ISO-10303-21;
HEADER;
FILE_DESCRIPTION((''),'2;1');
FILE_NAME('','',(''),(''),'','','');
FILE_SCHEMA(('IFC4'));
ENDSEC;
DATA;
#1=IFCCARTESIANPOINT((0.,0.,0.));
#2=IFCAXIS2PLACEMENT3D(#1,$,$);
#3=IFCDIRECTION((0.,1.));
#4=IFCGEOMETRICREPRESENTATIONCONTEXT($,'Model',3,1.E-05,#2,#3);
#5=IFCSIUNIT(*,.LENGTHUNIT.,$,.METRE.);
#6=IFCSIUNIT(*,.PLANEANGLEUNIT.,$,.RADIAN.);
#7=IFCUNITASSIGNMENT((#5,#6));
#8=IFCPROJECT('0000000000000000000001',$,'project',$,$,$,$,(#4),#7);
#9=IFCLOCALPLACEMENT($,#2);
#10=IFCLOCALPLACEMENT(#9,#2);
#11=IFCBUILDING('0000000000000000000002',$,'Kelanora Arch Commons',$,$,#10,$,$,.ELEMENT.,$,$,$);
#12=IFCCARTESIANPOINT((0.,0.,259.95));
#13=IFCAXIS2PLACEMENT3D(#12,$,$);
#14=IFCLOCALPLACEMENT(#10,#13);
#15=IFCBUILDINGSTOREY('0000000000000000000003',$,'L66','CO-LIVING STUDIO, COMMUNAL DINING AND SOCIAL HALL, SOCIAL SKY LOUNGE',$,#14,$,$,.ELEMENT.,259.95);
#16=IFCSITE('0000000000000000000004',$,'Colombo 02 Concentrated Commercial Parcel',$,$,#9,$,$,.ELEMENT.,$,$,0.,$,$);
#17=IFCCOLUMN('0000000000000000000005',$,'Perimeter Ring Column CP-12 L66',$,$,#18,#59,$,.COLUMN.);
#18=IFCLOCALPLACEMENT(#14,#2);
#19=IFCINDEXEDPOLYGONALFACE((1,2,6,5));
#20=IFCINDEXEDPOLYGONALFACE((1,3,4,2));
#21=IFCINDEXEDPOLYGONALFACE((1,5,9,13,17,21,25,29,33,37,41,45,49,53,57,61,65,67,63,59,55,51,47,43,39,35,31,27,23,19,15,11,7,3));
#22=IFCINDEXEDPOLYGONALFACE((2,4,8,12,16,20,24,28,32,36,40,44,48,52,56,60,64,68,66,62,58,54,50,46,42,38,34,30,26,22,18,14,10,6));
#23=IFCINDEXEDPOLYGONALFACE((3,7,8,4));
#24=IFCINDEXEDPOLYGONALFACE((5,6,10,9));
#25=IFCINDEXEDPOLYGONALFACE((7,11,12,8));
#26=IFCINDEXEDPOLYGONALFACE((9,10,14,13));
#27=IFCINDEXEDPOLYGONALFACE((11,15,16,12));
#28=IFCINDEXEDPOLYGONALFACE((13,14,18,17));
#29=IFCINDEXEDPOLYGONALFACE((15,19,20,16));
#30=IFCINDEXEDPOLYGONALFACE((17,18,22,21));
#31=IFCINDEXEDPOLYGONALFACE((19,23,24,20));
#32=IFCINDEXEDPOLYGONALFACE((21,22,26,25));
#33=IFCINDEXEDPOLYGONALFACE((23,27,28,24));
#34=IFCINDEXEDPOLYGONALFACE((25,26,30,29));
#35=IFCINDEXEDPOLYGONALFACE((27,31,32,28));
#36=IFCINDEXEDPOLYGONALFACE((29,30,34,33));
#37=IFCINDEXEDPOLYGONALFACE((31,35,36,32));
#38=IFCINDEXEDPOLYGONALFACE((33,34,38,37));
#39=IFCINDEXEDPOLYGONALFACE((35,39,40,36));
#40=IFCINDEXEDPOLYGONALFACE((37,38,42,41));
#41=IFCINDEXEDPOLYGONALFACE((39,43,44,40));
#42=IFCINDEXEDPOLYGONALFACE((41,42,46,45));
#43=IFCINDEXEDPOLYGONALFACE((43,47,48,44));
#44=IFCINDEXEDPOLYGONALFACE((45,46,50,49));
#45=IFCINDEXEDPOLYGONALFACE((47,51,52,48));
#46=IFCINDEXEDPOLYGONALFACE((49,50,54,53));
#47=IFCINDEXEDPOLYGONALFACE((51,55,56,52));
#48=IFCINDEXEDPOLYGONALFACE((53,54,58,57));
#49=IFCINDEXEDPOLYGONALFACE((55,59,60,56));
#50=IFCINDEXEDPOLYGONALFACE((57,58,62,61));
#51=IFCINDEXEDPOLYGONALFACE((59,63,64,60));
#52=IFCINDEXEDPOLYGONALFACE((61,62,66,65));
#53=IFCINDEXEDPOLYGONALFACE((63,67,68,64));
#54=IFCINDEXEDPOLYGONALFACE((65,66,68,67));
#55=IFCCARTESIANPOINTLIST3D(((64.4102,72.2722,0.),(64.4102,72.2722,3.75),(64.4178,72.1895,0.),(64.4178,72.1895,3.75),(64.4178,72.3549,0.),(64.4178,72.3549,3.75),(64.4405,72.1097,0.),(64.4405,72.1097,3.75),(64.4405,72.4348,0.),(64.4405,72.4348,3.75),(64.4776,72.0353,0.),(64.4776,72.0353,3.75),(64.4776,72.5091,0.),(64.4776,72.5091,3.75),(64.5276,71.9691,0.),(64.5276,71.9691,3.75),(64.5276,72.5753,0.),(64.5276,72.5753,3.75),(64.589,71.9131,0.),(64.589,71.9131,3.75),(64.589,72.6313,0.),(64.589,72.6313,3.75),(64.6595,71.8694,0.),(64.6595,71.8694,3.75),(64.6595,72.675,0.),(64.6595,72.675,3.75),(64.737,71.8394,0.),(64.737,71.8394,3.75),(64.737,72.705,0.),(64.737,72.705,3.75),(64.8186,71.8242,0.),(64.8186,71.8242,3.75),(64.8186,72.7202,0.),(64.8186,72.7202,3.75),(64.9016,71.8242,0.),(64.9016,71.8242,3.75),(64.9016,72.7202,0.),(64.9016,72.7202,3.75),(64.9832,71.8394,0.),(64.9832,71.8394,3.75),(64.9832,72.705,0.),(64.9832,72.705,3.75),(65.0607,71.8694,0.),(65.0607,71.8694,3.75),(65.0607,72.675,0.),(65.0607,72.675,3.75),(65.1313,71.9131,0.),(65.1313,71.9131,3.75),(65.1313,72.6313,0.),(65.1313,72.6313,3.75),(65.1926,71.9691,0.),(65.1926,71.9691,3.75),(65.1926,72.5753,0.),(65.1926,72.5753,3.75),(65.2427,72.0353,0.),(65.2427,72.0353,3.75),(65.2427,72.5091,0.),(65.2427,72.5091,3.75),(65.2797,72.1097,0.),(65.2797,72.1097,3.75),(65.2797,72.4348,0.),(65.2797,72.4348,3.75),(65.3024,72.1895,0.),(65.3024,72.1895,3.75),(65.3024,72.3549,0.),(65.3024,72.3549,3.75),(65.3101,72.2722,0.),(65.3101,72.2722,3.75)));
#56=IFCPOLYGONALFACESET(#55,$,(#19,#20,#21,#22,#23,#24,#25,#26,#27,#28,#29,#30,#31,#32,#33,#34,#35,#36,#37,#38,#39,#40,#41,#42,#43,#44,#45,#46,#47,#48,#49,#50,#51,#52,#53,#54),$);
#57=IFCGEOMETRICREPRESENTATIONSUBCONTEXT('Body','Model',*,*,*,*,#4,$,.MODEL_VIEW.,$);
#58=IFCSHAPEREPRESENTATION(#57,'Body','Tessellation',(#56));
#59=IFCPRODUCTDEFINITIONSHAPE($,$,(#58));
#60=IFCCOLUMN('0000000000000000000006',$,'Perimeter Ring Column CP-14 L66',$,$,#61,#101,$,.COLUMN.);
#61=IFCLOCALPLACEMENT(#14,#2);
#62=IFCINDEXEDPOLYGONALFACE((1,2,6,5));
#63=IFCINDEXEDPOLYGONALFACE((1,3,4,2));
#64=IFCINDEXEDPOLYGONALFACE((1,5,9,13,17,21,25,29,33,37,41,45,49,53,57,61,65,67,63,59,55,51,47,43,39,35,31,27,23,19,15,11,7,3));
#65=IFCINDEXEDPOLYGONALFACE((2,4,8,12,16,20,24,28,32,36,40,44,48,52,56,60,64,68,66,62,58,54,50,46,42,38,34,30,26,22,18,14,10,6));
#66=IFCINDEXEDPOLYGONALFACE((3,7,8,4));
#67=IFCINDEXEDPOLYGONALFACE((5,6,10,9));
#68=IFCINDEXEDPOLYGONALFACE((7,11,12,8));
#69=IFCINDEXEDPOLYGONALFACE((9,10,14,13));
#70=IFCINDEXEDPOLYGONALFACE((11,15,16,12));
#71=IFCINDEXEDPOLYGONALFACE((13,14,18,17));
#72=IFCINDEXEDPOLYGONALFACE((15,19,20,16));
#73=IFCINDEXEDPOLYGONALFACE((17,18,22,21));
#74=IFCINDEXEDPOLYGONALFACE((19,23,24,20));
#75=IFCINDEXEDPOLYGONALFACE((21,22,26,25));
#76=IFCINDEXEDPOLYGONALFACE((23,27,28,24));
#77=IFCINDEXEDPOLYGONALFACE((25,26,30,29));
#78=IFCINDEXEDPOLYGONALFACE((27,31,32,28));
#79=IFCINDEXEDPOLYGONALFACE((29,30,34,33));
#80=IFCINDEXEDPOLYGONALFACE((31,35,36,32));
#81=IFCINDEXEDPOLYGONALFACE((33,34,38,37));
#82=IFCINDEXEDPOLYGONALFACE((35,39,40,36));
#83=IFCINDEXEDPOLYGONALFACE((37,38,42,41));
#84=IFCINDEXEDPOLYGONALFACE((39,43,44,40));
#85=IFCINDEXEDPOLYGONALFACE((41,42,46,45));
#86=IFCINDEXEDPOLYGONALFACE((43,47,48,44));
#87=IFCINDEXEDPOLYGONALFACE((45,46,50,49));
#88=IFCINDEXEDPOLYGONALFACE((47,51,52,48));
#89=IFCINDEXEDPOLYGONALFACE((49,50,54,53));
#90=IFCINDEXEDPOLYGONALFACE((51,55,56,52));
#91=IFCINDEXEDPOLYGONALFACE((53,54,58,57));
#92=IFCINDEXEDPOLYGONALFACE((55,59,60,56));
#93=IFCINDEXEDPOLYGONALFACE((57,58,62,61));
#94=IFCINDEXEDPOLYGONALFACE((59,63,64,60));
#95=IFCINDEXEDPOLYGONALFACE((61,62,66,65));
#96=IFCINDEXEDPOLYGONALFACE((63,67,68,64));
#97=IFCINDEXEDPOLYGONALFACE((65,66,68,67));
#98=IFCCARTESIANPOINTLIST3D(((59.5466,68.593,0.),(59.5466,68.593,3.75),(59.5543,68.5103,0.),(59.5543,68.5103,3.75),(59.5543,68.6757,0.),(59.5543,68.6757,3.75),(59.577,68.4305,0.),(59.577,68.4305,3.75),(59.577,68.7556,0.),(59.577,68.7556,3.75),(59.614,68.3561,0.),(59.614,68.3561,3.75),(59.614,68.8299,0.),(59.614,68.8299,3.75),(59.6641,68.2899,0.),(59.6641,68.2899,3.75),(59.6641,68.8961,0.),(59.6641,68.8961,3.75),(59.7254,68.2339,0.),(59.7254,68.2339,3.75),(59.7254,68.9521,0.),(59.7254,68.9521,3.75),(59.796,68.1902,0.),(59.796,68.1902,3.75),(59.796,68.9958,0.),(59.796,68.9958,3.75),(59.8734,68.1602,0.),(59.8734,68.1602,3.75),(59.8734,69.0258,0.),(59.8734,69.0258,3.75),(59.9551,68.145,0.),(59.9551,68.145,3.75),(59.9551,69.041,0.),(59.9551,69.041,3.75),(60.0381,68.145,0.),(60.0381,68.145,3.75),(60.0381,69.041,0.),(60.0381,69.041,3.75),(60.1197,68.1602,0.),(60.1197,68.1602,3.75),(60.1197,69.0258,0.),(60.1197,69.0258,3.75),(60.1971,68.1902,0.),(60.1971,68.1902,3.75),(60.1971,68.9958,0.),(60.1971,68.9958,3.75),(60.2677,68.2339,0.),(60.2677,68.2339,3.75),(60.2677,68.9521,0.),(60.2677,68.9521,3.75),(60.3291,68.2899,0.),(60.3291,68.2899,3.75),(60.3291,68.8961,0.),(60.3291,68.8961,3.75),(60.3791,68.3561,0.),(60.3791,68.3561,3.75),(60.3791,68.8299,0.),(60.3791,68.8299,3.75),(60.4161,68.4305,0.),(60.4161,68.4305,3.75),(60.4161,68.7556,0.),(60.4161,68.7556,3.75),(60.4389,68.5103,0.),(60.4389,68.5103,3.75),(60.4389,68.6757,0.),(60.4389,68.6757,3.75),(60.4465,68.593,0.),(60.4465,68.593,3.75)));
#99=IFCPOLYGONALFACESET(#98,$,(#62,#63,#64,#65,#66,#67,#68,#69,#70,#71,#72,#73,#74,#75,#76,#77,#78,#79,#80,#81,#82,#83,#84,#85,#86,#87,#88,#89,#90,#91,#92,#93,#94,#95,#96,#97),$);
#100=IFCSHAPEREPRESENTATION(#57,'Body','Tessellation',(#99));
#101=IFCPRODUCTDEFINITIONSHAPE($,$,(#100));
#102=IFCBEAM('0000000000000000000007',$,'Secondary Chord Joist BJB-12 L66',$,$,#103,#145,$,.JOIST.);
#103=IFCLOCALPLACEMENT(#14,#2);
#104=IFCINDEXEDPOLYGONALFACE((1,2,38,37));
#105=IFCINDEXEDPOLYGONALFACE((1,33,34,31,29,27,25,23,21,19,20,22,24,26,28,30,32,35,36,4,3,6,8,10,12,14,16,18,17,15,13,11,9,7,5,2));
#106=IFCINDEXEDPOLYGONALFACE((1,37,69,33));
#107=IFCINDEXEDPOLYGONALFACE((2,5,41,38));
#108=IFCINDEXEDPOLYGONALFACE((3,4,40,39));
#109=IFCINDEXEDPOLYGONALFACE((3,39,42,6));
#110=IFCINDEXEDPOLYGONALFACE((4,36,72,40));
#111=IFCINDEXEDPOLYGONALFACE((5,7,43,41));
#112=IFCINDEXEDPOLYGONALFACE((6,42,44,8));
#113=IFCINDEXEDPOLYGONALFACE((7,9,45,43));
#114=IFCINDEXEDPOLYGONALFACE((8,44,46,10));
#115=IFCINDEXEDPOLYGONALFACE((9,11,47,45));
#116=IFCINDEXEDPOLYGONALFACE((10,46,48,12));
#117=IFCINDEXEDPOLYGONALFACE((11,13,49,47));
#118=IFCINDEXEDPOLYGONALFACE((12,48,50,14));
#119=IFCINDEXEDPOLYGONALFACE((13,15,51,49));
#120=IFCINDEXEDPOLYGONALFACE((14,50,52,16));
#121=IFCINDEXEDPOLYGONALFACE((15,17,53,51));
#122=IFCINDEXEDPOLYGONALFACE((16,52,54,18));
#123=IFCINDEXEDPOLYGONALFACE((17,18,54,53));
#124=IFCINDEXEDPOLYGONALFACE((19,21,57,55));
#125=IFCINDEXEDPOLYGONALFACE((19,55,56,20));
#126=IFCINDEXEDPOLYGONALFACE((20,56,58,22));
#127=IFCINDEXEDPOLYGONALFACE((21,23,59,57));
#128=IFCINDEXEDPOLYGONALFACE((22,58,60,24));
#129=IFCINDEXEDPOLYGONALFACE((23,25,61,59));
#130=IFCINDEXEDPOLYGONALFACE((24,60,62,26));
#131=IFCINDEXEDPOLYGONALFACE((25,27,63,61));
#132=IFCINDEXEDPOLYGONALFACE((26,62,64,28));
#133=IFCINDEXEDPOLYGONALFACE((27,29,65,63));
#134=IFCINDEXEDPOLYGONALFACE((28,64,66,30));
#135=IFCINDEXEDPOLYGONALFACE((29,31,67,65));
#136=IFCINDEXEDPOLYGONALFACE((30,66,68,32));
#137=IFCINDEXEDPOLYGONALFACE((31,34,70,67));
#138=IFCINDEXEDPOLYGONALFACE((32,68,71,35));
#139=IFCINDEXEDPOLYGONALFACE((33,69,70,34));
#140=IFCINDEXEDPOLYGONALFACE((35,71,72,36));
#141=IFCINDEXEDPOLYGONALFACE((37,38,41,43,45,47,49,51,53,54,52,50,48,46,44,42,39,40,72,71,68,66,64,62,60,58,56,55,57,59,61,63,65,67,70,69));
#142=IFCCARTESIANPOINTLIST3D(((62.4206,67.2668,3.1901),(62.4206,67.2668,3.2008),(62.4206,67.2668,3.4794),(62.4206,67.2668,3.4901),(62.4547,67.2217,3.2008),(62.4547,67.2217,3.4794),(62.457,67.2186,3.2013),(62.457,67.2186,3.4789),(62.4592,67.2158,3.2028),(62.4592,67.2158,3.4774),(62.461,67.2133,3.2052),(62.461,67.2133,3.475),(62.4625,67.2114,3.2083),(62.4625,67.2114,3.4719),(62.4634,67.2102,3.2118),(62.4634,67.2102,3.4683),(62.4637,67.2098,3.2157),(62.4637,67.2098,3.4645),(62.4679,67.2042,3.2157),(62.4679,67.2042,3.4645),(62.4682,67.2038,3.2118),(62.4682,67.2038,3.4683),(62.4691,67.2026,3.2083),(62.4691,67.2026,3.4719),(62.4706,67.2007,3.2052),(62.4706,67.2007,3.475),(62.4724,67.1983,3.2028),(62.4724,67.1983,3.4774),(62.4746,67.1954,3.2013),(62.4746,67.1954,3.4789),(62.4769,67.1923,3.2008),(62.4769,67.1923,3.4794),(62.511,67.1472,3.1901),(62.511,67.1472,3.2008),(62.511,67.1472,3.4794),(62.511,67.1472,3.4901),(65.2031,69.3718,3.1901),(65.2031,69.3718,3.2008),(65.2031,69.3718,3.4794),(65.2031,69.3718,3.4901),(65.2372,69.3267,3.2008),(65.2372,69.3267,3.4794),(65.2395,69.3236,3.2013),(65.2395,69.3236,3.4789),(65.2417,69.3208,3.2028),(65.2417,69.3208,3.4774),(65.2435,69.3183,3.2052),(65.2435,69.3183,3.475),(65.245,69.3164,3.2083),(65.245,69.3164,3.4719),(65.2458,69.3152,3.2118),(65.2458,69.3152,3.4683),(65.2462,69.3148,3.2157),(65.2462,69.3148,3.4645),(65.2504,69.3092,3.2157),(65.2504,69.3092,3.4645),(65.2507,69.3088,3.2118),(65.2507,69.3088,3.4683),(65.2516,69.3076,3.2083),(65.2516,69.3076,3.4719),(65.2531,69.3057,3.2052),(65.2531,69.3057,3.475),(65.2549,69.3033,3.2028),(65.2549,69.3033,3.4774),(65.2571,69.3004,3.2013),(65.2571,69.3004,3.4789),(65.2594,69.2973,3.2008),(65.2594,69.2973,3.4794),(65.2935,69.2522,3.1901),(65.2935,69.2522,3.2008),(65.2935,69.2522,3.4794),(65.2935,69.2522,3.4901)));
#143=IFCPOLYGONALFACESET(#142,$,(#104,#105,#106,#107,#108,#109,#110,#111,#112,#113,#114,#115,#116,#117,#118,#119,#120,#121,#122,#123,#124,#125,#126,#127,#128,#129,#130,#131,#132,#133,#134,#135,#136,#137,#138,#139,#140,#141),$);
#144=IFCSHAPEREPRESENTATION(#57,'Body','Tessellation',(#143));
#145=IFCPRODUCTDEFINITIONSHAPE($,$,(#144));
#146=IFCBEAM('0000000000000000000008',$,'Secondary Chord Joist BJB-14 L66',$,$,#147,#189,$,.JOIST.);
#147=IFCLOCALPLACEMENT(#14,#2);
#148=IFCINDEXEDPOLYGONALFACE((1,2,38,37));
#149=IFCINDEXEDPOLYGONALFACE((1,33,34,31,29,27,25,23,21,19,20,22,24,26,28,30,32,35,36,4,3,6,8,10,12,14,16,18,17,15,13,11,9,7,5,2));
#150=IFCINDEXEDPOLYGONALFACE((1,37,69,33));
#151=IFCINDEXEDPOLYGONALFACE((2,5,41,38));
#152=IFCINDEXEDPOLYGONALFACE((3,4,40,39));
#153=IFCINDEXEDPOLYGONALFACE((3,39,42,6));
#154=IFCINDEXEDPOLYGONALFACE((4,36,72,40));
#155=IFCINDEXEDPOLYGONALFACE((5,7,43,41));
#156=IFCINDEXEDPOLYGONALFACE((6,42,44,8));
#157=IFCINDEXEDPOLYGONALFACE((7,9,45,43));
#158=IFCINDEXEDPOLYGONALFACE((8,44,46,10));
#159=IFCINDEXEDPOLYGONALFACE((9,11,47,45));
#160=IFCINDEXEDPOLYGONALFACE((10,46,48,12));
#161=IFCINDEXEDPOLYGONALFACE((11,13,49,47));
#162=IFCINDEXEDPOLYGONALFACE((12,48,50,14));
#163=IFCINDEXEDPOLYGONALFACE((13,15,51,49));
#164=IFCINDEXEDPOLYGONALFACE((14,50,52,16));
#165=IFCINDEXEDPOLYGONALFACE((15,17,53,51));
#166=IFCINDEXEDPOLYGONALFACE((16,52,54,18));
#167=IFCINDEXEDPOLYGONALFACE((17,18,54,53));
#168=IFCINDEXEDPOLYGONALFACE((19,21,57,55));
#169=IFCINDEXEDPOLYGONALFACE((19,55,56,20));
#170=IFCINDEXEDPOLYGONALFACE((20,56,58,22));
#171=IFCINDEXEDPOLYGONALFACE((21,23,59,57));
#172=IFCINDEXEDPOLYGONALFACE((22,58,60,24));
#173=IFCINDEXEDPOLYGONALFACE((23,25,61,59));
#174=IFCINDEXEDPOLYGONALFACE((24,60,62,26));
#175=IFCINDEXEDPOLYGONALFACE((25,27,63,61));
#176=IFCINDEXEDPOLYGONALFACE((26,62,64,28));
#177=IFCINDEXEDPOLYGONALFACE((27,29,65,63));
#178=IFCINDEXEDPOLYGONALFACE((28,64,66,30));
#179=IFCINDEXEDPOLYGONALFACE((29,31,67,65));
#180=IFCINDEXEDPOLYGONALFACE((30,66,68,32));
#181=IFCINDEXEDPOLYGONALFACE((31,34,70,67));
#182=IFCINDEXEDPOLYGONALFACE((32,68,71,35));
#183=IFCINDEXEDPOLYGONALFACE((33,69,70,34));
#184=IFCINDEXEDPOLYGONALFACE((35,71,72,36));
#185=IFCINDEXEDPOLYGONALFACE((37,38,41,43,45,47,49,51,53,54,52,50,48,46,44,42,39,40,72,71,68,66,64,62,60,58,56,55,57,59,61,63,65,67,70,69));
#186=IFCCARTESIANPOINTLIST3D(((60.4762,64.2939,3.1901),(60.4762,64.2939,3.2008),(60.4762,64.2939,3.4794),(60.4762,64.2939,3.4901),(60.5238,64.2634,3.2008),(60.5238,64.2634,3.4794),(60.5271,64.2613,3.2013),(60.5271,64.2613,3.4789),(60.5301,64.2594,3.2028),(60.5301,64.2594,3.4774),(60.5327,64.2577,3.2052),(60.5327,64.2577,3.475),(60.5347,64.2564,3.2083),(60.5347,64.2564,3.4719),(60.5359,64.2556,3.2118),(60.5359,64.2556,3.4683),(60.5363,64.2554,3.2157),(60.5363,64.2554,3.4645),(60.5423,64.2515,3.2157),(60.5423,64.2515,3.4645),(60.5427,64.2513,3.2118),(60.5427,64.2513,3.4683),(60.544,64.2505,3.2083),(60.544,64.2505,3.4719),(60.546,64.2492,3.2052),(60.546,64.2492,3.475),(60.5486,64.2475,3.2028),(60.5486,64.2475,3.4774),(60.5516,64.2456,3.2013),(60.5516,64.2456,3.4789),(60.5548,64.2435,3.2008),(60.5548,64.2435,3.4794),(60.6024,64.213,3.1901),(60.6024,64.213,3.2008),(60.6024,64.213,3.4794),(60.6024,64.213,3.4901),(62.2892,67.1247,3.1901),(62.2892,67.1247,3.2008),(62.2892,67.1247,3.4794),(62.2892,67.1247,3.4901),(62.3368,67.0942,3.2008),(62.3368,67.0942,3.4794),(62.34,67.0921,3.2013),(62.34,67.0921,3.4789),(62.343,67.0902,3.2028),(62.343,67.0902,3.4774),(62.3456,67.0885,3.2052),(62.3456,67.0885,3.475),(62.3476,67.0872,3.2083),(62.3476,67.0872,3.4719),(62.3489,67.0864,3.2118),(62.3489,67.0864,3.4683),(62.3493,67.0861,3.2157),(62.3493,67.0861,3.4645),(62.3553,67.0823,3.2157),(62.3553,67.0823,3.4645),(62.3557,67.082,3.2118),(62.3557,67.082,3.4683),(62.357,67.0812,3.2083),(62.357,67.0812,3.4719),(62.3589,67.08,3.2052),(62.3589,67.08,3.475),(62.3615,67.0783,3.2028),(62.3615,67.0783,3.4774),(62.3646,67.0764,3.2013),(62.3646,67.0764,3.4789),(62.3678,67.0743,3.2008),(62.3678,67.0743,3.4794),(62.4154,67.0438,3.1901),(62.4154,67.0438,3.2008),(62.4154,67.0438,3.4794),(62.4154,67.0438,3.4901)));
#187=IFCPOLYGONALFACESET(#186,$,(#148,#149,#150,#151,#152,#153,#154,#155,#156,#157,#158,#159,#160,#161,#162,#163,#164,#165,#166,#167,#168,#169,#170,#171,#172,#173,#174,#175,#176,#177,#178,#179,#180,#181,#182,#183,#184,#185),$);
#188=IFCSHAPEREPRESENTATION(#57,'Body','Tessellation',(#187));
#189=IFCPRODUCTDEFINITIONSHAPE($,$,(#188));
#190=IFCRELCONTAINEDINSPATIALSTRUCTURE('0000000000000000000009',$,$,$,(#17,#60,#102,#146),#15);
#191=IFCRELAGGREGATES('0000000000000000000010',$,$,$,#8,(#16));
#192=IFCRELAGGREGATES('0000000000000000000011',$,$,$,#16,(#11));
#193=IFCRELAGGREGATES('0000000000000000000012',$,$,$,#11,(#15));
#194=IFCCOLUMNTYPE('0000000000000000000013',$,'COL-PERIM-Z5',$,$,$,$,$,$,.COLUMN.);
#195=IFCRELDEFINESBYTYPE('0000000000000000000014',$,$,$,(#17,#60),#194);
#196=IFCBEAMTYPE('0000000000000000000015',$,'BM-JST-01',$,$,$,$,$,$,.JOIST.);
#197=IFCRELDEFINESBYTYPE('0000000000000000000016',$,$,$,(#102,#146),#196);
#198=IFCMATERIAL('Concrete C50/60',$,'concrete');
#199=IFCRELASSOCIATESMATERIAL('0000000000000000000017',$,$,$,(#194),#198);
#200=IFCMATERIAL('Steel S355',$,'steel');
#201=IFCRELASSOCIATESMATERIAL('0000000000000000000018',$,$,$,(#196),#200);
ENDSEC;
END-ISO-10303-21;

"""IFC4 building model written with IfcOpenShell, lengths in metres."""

from ifc_helpers import new_model, si_unit, direction, frame, origin, origin_2d, place, context, subcontext, project, spatial, circle, i_section, extrude, material, material_profile, profile_set, type_object, element, save


model = new_model("IFC4")

# Units and contexts
model_context = context("Model", 3, precision=1e-05, world=origin(), true_north=direction((0.0, 1.0)))
body_context = subcontext(model_context, "Body", "Model", "MODEL_VIEW")
ifc_project = project(units=[si_unit("LENGTHUNIT", "METRE"), si_unit("PLANEANGLEUNIT", "RADIAN")], contexts=[model_context])

# Site, building, storey
site_placement = place(None, origin())
site = spatial("IfcSite", under=ifc_project, at=site_placement, Name="Colombo 02 Concentrated Commercial Parcel", CompositionType="ELEMENT", RefElevation=0.0)
building_placement = place(site_placement, origin())
building = spatial("IfcBuilding", under=site, at=building_placement, Name="Kelanora Arch Commons", CompositionType="ELEMENT")
storey_placement = place(building_placement, frame((0.0, 0.0, 259.95)))
storey = spatial("IfcBuildingStorey", under=building, at=storey_placement, Name="L66", Description="CO-LIVING STUDIO, COMMUNAL DINING AND SOCIAL HALL, SOCIAL SKY LOUNGE", CompositionType="ELEMENT", Elevation=259.95)

# Columns
ifc_material_1 = material(Name="Concrete C50/60", Category="concrete")
ifc_material_profile_1 = material_profile(ifc_material_1, circle(Radius=0.45, at=origin_2d()), Name="RCC900")
ifc_profile_set_1 = profile_set([ifc_material_profile_1], Name="Concrete C50/60")
column_type = type_object("IfcColumnType", Name="COL-PERIM-Z5", PredefinedType="COLUMN", material=ifc_profile_set_1)
for number, where, z_axis, x_axis, name in (
    (1, (64.8601, 72.2722, 0.0), (0.0, 0.0, 1.0), (1.0, 0.0, 0.0), "Perimeter Ring Column CP-12 L66"),
    (2, (59.9966, 68.593, 0.0), (0.0, 0.0, 1.0), (1.0, 0.0, 0.0), "Perimeter Ring Column CP-14 L66"),
):
    element("IfcColumn", number, at=place(storey_placement, frame(where, z_axis=z_axis, x_axis=x_axis)), inside=storey, type_object=column_type, Name=name, PredefinedType="COLUMN", context=body_context, shape_type="SweptSolid", body=[
        extrude(circle(Radius=0.45, at=origin_2d()), origin(), (0.0, 0.0, 1.0), 3.75),
    ])

# Beams
ifc_material_2 = material(Name="Steel S355", Category="steel")
ifc_material_profile_2 = material_profile(ifc_material_2, i_section(OverallWidth=0.1499, OverallDepth=0.3, WebThickness=0.0071, FlangeThickness=0.0107, FilletRadius=0.0149, at=origin_2d()), Name="IPE300")
ifc_profile_set_2 = profile_set([ifc_material_profile_2], Name="Steel S355")
beam_type_1 = type_object("IfcBeamType", Name="BM-JST-01", PredefinedType="JOIST", material=ifc_profile_set_2)
beam_1_placement = place(storey_placement, frame((65.2483, 69.312, 3.3401), z_axis=(-0.797499, -0.60332, 0.0), x_axis=(0.60332, -0.797499, 0.0)))
element("IfcBeam", 3, at=beam_1_placement, inside=storey, type_object=beam_type_1, Name="Secondary Chord Joist BJB-12 L66", PredefinedType="JOIST", context=body_context, shape_type="SweptSolid", body=[
    extrude(i_section(OverallWidth=0.1499, OverallDepth=0.3, WebThickness=0.0071, FlangeThickness=0.0107, FilletRadius=0.0149, at=origin_2d()), origin(), (0.0, 0.0, 1.0), 3.489),
])
beam_2_placement = place(storey_placement, frame((62.3523, 67.0842, 3.3401), z_axis=(-0.539322, -0.8421, 0.0), x_axis=(0.8421, -0.539322, 0.0)))
element("IfcBeam", 4, at=beam_2_placement, inside=storey, type_object=beam_type_1, Name="Secondary Chord Joist BJB-14 L66", PredefinedType="JOIST", context=body_context, shape_type="SweptSolid", body=[
    extrude(i_section(OverallWidth=0.1499, OverallDepth=0.3, WebThickness=0.0071, FlangeThickness=0.0107, FilletRadius=0.0149, at=origin_2d()), origin(), (0.0, 0.0, 1.0), 3.3616),
])

save(model, "model.ifc")
